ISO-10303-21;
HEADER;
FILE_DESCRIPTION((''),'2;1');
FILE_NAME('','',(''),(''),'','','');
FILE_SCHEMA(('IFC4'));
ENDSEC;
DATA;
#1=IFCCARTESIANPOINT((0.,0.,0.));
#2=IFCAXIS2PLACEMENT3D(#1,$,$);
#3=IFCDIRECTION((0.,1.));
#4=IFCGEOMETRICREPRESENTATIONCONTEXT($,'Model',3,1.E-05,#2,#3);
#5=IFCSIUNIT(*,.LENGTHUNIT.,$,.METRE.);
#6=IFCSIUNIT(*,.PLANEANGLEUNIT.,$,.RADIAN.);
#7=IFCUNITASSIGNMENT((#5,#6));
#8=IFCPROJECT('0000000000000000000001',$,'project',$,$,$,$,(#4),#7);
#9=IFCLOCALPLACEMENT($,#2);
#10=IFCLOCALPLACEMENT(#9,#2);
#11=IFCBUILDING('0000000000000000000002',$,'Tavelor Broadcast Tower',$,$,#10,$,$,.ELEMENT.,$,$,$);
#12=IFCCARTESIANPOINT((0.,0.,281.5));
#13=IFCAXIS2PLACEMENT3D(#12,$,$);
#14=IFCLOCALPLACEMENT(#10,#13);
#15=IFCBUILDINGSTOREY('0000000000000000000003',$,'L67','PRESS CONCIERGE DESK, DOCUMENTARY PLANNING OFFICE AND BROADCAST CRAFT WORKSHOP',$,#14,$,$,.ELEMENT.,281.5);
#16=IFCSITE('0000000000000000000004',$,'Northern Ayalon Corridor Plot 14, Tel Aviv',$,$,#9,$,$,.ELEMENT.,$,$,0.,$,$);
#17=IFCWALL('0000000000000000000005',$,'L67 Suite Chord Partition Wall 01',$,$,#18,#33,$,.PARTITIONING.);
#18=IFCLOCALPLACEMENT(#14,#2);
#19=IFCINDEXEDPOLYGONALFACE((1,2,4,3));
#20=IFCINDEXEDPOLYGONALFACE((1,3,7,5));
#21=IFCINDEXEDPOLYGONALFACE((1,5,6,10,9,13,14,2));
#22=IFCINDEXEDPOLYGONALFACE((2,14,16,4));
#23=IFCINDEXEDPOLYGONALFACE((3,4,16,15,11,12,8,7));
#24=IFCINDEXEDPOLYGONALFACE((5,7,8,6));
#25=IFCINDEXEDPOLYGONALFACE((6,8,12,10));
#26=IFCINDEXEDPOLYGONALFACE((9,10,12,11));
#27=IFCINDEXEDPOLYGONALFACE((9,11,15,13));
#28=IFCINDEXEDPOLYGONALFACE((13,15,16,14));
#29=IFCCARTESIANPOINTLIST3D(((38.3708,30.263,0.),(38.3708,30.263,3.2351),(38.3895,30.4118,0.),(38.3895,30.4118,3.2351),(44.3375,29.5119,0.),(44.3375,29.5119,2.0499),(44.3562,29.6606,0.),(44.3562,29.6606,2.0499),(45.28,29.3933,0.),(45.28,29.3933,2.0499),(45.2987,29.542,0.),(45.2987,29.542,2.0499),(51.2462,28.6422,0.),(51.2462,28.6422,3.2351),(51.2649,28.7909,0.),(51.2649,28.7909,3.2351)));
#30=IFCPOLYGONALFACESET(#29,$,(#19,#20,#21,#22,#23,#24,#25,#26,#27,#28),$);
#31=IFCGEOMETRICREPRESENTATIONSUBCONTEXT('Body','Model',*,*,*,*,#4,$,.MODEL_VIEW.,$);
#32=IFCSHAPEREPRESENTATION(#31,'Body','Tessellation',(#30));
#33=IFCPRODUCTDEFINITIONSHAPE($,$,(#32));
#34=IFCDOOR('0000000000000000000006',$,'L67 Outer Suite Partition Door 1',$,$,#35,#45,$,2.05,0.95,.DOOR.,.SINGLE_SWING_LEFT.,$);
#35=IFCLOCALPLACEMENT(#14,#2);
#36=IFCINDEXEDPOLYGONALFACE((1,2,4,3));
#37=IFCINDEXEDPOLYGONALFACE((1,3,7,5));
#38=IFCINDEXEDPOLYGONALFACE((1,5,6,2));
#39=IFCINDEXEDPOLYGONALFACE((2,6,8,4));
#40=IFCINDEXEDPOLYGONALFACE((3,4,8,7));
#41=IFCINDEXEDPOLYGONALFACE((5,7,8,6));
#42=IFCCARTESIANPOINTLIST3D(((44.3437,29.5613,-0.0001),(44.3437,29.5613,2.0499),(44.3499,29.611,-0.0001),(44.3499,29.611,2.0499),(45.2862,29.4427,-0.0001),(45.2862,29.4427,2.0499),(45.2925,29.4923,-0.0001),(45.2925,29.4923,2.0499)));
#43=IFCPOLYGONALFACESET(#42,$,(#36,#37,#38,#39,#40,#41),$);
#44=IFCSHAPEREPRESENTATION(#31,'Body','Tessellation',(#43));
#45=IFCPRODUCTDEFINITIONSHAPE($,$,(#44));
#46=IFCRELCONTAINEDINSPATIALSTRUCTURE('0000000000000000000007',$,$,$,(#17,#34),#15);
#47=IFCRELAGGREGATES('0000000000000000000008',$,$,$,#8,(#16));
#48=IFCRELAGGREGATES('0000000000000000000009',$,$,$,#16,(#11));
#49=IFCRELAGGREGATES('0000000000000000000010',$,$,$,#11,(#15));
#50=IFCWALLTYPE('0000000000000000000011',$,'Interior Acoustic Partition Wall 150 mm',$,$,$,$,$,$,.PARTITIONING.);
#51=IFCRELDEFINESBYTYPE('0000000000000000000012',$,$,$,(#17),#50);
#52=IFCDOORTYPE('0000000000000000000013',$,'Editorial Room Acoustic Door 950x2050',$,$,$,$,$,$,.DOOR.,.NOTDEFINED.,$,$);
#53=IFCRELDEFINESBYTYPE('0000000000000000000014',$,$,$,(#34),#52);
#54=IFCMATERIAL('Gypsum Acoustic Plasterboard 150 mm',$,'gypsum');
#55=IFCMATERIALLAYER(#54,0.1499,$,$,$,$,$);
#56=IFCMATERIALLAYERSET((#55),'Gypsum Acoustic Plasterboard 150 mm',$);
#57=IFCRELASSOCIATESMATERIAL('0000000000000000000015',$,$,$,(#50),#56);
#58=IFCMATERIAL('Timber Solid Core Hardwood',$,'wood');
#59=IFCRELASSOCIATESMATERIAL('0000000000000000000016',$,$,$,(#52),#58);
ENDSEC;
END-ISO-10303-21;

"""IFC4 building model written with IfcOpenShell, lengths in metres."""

from ifc_helpers import new_model, si_unit, direction, frame, frame_2d, origin, place, context, subcontext, project, spatial, rectangle, extrude, material, layer, layer_set, type_object, element, fill, save


model = new_model("IFC4")

# Units and contexts
model_context = context("Model", 3, precision=1e-05, world=origin(), true_north=direction((0.0, 1.0)))
body_context = subcontext(model_context, "Body", "Model", "MODEL_VIEW")
ifc_project = project(units=[si_unit("LENGTHUNIT", "METRE"), si_unit("PLANEANGLEUNIT", "RADIAN")], contexts=[model_context])

# Site, building, storey
site_placement = place(None, origin())
site = spatial("IfcSite", under=ifc_project, at=site_placement, Name="Northern Ayalon Corridor Plot 14, Tel Aviv", CompositionType="ELEMENT", RefElevation=0.0)
building_placement = place(site_placement, origin())
building = spatial("IfcBuilding", under=site, at=building_placement, Name="Tavelor Broadcast Tower", CompositionType="ELEMENT")
storey_placement = place(building_placement, frame((0.0, 0.0, 281.5)))
storey = spatial("IfcBuildingStorey", under=building, at=storey_placement, Name="L67", Description="PRESS CONCIERGE DESK, DOCUMENTARY PLANNING OFFICE AND BROADCAST CRAFT WORKSHOP", CompositionType="ELEMENT", Elevation=281.5)

# Shared definitions
ifc_material_1 = material(Name="Timber Solid Core Hardwood", Category="wood")

# Shared definitions
ifc_material_2 = material(Name="Gypsum Acoustic Plasterboard 150 mm", Category="gypsum")
ifc_layer_1 = layer(ifc_material_2, 0.1499)
ifc_layer_set_1 = layer_set([ifc_layer_1], Name="Gypsum Acoustic Plasterboard 150 mm")
wall_type_1 = type_object("IfcWallType", Name="Interior Acoustic Partition Wall 150 mm", PredefinedType="PARTITIONING", material=ifc_layer_set_1)

# Wall, opening, door
wall_1_placement = place(storey_placement, frame((38.3801, 30.3374, 0.0), z_axis=(0.0, 0.0, 1.0), x_axis=(0.992169, -0.124901, 0.0)))
wall_1 = element("IfcWall", 1, at=wall_1_placement, inside=storey, type_object=wall_type_1, Name="L67 Suite Chord Partition Wall 01", PredefinedType="PARTITIONING", context=body_context, shape_type="SweptSolid", body=[
    extrude(rectangle(XDim=12.9771, YDim=0.1499, at=frame_2d((6.4885, 0.0))), origin(), (0.0, 0.0, 1.0), 3.2351),
])
opening_1_placement = place(wall_1_placement, frame((6.0137, 0.0, 0.0)))
opening_1 = element("IfcOpeningElement", 2, at=opening_1_placement, cuts=wall_1, PredefinedType="OPENING", context=body_context, shape_type="SweptSolid", body=[
    extrude(rectangle(XDim=0.95, YDim=2.05, at=frame_2d((0.4751, 1.0249))), frame((0.0, 0.085, 0.0), z_axis=(0.0, -1.0, 0.0), x_axis=(1.0, 0.0, 0.0)), (0.0, 0.0, 1.0), 0.1699),
])
door_type_1 = type_object("IfcDoorType", Name="Editorial Room Acoustic Door 950x2050", OperationType="NOTDEFINED", PredefinedType="DOOR", material=ifc_material_1)
door_1_placement = place(opening_1_placement, origin())
door_1 = element("IfcDoor", 3, at=door_1_placement, inside=storey, type_object=door_type_1, Name="L67 Outer Suite Partition Door 1", OperationType="SINGLE_SWING_LEFT", OverallHeight=2.05, OverallWidth=0.95, PredefinedType="DOOR", context=body_context, shape_type="SweptSolid", body=[
    extrude(rectangle(XDim=0.95, YDim=2.05, at=frame_2d((0.4751, 1.0249))), frame((0.0, 0.0249, 0.0), z_axis=(0.0, -1.0, 0.0), x_axis=(1.0, 0.0, 0.0)), (0.0, 0.0, 1.0), 0.05),
])
fill(opening_1, door_1)

save(model, "model.ifc")
